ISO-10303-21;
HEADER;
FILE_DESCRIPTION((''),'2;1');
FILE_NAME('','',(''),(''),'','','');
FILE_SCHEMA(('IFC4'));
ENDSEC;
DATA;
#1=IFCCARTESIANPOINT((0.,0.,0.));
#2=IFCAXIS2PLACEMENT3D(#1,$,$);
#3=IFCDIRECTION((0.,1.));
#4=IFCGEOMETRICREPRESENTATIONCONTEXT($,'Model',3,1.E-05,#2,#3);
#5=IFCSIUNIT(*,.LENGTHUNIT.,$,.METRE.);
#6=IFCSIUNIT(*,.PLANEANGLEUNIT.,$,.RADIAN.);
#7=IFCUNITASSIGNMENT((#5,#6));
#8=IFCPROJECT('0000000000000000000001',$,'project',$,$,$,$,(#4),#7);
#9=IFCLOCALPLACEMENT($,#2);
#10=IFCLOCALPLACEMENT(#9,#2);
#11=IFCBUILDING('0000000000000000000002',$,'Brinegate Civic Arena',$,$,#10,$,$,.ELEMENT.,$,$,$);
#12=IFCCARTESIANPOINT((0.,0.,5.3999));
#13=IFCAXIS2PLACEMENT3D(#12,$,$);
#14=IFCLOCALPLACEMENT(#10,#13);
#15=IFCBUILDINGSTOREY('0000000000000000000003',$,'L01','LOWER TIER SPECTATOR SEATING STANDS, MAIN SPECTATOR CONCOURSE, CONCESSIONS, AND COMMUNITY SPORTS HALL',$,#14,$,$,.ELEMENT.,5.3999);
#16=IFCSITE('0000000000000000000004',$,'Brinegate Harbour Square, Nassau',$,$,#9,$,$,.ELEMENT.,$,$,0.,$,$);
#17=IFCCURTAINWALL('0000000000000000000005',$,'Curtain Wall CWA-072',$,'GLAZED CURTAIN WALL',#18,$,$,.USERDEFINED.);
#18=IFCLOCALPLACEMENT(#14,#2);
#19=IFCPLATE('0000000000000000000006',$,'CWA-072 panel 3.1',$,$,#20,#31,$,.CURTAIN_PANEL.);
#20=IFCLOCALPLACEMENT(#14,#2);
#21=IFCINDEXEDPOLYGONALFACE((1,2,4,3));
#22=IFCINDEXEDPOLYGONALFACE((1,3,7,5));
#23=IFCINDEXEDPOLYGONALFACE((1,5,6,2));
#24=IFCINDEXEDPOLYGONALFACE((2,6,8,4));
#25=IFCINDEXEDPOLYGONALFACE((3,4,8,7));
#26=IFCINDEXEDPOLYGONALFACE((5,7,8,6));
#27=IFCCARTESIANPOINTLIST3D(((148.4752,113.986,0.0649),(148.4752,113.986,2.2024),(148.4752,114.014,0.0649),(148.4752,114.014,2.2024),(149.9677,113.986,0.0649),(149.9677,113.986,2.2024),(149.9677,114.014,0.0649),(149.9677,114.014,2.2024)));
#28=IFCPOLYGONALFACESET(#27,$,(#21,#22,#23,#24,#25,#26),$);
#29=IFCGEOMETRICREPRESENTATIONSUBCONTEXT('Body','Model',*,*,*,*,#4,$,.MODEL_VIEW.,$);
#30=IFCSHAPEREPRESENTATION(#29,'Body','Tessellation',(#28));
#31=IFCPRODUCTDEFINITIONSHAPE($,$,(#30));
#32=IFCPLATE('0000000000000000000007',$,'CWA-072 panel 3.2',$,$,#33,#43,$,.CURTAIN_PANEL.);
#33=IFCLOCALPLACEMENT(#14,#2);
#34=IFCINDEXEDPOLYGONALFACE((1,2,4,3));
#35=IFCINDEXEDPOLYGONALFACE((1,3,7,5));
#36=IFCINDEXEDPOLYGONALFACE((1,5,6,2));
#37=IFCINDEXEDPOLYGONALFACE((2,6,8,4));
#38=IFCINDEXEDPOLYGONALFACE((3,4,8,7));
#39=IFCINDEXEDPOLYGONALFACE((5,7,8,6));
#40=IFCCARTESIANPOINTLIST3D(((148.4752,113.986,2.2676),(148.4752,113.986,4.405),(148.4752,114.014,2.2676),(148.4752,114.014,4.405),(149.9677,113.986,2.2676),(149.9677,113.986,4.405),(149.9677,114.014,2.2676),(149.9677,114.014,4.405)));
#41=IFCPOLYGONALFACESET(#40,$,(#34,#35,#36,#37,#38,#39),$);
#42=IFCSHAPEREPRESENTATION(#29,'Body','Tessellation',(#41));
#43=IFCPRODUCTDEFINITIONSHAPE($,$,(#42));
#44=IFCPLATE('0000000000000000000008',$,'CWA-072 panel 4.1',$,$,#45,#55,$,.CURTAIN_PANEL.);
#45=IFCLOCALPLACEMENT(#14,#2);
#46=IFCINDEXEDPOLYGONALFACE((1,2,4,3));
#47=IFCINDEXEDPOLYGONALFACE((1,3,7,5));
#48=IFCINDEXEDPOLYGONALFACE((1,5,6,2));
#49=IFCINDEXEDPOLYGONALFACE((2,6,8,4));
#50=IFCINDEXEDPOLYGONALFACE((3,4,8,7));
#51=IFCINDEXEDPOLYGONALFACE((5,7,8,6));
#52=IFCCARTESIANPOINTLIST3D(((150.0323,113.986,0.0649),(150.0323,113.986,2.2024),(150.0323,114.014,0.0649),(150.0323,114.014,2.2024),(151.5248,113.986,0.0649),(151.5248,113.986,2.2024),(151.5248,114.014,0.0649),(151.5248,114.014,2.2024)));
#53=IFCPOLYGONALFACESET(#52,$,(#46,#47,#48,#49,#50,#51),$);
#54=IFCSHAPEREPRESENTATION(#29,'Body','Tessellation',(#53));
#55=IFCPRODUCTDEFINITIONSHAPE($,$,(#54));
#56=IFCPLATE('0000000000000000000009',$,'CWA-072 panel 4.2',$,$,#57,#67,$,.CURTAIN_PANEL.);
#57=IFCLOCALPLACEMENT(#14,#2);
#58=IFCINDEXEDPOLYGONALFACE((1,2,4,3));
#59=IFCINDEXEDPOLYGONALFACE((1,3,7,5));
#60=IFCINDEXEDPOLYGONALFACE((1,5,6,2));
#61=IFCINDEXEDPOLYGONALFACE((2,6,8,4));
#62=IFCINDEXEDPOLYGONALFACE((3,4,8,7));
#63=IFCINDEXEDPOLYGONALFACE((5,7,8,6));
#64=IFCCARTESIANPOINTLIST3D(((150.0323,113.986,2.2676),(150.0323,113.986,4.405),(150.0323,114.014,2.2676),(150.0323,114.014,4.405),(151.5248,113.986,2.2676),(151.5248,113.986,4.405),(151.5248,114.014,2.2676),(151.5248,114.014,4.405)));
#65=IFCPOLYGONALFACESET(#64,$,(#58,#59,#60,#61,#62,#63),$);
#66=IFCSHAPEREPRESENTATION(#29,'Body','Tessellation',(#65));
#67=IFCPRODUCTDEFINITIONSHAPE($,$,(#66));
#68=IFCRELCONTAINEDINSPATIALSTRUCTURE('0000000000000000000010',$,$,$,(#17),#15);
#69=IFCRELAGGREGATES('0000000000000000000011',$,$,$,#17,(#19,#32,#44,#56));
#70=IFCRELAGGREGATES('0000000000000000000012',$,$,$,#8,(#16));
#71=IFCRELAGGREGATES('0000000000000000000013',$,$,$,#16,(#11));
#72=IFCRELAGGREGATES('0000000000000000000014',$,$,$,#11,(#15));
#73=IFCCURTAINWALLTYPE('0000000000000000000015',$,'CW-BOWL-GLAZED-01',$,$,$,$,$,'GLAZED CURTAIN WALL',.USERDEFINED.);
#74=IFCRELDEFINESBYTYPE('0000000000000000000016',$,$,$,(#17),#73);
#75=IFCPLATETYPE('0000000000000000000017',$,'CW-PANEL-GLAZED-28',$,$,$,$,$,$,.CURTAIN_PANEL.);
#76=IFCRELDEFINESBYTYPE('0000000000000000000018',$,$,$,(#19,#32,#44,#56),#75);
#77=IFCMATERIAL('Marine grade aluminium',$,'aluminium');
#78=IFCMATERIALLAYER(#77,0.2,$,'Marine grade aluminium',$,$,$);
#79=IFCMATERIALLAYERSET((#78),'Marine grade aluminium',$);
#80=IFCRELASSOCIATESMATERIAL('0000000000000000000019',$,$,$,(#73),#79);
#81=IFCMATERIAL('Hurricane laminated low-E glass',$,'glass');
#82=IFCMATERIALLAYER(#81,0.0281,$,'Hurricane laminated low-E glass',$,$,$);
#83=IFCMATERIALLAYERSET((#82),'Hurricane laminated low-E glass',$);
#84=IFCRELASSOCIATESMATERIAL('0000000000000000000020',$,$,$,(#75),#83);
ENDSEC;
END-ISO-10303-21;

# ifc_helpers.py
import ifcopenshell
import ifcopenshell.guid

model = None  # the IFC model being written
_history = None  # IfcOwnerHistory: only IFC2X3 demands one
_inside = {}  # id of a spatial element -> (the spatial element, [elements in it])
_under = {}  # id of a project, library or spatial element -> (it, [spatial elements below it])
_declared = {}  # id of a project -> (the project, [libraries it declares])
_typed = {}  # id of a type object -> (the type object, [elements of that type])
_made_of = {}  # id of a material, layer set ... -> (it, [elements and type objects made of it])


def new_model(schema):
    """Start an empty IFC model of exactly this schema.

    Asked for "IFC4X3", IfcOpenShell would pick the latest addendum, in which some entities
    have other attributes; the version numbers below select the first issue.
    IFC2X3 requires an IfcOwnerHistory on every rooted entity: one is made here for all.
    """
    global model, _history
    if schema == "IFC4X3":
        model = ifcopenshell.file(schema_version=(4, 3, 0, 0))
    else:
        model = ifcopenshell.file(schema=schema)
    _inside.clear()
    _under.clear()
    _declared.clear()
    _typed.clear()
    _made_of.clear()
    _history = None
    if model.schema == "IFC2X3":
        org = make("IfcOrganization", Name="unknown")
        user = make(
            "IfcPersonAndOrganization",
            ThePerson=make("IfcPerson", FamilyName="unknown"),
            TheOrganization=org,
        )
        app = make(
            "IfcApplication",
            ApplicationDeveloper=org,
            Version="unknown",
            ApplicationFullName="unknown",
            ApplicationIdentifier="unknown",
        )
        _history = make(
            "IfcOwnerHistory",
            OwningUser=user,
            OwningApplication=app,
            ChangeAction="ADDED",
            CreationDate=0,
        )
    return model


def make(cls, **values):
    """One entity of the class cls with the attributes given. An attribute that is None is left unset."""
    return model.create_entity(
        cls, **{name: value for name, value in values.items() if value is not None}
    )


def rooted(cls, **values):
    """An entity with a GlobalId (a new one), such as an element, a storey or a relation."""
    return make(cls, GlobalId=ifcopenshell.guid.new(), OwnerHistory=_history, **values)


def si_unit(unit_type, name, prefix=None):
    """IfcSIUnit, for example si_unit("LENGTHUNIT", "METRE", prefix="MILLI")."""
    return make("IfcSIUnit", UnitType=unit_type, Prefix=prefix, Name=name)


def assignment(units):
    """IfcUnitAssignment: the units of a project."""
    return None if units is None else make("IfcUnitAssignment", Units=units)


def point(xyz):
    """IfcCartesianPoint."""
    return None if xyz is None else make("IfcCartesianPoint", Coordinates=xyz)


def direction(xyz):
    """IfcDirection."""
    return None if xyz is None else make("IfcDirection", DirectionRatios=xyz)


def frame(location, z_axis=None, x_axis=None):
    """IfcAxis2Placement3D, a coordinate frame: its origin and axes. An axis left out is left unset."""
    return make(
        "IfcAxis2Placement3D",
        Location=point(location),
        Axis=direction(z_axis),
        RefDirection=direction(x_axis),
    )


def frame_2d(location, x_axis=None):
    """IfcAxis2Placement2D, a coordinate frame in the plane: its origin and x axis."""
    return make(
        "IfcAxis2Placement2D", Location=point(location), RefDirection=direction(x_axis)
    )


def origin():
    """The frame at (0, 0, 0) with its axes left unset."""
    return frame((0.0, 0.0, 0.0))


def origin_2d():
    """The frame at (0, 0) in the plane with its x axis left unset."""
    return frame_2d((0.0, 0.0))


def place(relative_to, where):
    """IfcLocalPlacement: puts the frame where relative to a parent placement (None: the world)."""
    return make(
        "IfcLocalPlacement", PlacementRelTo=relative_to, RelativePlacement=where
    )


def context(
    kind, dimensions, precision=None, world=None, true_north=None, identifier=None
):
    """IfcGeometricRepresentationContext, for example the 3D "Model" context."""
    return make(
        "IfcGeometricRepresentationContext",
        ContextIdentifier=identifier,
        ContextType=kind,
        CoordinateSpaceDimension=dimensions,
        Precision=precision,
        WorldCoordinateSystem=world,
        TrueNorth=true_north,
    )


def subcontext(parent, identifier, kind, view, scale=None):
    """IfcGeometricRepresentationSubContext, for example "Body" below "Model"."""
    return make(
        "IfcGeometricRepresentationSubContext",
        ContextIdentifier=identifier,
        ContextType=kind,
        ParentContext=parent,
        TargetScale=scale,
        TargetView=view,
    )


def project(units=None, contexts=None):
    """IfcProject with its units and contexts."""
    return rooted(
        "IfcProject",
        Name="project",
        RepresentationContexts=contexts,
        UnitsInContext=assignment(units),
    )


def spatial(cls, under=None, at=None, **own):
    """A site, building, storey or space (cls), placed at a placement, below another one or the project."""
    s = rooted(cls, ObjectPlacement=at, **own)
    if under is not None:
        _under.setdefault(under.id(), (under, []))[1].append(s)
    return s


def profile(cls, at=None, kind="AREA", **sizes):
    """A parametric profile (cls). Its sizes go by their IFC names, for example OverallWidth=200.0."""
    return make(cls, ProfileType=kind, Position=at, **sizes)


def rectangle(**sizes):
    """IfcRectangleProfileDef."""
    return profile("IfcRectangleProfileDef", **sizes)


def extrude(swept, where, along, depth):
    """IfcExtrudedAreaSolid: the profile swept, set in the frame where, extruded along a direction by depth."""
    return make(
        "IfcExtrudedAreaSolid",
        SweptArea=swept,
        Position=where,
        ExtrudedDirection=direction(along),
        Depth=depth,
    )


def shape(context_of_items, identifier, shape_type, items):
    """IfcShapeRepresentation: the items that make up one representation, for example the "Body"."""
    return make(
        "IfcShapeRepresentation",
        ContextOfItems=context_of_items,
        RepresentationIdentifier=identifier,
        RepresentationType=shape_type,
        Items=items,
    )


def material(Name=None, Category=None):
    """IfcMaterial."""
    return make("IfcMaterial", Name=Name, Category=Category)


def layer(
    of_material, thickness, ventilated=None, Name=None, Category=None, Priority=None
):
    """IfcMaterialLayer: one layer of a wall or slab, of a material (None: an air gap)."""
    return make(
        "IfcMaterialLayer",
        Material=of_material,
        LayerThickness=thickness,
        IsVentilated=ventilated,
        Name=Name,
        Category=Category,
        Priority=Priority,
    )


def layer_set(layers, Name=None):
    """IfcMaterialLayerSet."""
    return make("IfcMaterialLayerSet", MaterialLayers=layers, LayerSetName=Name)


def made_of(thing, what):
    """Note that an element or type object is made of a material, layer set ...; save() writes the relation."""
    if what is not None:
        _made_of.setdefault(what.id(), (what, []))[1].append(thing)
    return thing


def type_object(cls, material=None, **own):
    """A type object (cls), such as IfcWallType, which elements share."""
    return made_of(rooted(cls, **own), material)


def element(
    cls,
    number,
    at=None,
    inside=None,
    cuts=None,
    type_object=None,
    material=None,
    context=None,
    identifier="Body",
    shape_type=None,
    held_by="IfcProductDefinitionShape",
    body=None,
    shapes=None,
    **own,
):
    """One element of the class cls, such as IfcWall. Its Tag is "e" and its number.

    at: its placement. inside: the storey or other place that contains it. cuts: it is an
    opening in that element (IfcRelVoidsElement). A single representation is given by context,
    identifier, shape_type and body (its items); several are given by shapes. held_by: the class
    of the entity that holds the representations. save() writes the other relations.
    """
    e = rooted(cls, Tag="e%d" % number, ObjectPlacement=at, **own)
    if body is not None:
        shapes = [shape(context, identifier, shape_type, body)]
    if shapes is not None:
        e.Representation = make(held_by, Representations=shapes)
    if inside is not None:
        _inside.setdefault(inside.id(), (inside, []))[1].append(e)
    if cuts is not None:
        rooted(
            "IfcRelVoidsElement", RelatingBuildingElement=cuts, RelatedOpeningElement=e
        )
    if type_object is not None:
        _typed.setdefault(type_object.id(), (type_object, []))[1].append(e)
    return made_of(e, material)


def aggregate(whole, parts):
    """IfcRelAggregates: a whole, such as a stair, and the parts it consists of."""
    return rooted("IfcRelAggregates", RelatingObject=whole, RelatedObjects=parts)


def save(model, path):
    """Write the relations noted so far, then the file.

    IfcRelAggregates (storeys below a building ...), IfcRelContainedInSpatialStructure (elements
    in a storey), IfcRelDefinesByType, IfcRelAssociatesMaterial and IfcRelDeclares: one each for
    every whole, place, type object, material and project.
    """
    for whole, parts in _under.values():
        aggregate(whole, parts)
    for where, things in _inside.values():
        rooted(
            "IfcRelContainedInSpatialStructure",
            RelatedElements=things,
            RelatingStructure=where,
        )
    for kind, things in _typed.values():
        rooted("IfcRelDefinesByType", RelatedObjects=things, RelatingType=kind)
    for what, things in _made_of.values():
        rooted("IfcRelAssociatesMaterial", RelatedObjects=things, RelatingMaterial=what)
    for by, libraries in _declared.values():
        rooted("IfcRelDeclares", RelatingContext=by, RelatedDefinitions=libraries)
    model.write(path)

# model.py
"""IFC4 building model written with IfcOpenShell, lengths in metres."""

from ifc_helpers import new_model, si_unit, direction, frame, origin, origin_2d, place, context, subcontext, project, spatial, rectangle, extrude, material, layer, layer_set, type_object, element, aggregate, save


model = new_model("IFC4")

# Units and contexts
model_context = context("Model", 3, precision=1e-05, world=origin(), true_north=direction((0.0, 1.0)))
body_context = subcontext(model_context, "Body", "Model", "MODEL_VIEW")
ifc_project = project(units=[si_unit("LENGTHUNIT", "METRE"), si_unit("PLANEANGLEUNIT", "RADIAN")], contexts=[model_context])

# Site, building, storey
site_placement = place(None, origin())
site = spatial("IfcSite", under=ifc_project, at=site_placement, Name="Brinegate Harbour Square, Nassau", CompositionType="ELEMENT", RefElevation=0.0)
building_placement = place(site_placement, origin())
building = spatial("IfcBuilding", under=site, at=building_placement, Name="Brinegate Civic Arena", CompositionType="ELEMENT")
storey_placement = place(building_placement, frame((0.0, 0.0, 5.3999)))
storey = spatial("IfcBuildingStorey", under=building, at=storey_placement, Name="L01", Description="LOWER TIER SPECTATOR SEATING STANDS, MAIN SPECTATOR CONCOURSE, CONCESSIONS, AND COMMUNITY SPORTS HALL", CompositionType="ELEMENT", Elevation=5.3999)

# Curtain wall, plates
ifc_material_1 = material(Name="Marine grade aluminium", Category="aluminium")
ifc_layer_1 = layer(ifc_material_1, 0.2, Name="Marine grade aluminium")
ifc_layer_set_1 = layer_set([ifc_layer_1], Name="Marine grade aluminium")
curtain_wall_type = type_object("IfcCurtainWallType", Name="CW-BOWL-GLAZED-01", ElementType="GLAZED CURTAIN WALL", PredefinedType="USERDEFINED", material=ifc_layer_set_1)
curtain_wall_placement = place(storey_placement, origin())
curtain_wall = element("IfcCurtainWall", 1, at=curtain_wall_placement, inside=storey, type_object=curtain_wall_type, Name="Curtain Wall CWA-072", ObjectType="GLAZED CURTAIN WALL", PredefinedType="USERDEFINED")
ifc_material_2 = material(Name="Hurricane laminated low-E glass", Category="glass")
ifc_layer_2 = layer(ifc_material_2, 0.0281, Name="Hurricane laminated low-E glass")
ifc_layer_set_2 = layer_set([ifc_layer_2], Name="Hurricane laminated low-E glass")
plate_type = type_object("IfcPlateType", Name="CW-PANEL-GLAZED-28", PredefinedType="CURTAIN_PANEL", material=ifc_layer_set_2)
plate_1_placement = place(storey_placement, frame((149.2214, 114.0, 0.0649), z_axis=(0.0, 0.0, 1.0), x_axis=(1.0, 0.0, 0.0)))
plate_1 = element("IfcPlate", 2, at=plate_1_placement, type_object=plate_type, Name="CWA-072 panel 3.1", PredefinedType="CURTAIN_PANEL", context=body_context, shape_type="SweptSolid", body=[
    extrude(rectangle(XDim=1.4924, YDim=0.0281, at=origin_2d()), origin(), (0.0, 0.0, 1.0), 2.1375),
])
plate_2_placement = place(storey_placement, frame((149.2214, 114.0, 2.2676), z_axis=(0.0, 0.0, 1.0), x_axis=(1.0, 0.0, 0.0)))
plate_2 = element("IfcPlate", 3, at=plate_2_placement, type_object=plate_type, Name="CWA-072 panel 3.2", PredefinedType="CURTAIN_PANEL", context=body_context, shape_type="SweptSolid", body=[
    extrude(rectangle(XDim=1.4924, YDim=0.0281, at=origin_2d()), origin(), (0.0, 0.0, 1.0), 2.1375),
])
plate_3_placement = place(storey_placement, frame((150.7786, 114.0, 0.0649), z_axis=(0.0, 0.0, 1.0), x_axis=(1.0, 0.0, 0.0)))
plate_3 = element("IfcPlate", 4, at=plate_3_placement, type_object=plate_type, Name="CWA-072 panel 4.1", PredefinedType="CURTAIN_PANEL", context=body_context, shape_type="SweptSolid", body=[
    extrude(rectangle(XDim=1.4924, YDim=0.0281, at=origin_2d()), origin(), (0.0, 0.0, 1.0), 2.1375),
])
plate_4_placement = place(storey_placement, frame((150.7786, 114.0, 2.2676), z_axis=(0.0, 0.0, 1.0), x_axis=(1.0, 0.0, 0.0)))
plate_4 = element("IfcPlate", 5, at=plate_4_placement, type_object=plate_type, Name="CWA-072 panel 4.2", PredefinedType="CURTAIN_PANEL", context=body_context, shape_type="SweptSolid", body=[
    extrude(rectangle(XDim=1.4924, YDim=0.0281, at=origin_2d()), origin(), (0.0, 0.0, 1.0), 2.1375),
])
aggregate(curtain_wall, [plate_1, plate_2, plate_3, plate_4])

save(model, "model.ifc")
